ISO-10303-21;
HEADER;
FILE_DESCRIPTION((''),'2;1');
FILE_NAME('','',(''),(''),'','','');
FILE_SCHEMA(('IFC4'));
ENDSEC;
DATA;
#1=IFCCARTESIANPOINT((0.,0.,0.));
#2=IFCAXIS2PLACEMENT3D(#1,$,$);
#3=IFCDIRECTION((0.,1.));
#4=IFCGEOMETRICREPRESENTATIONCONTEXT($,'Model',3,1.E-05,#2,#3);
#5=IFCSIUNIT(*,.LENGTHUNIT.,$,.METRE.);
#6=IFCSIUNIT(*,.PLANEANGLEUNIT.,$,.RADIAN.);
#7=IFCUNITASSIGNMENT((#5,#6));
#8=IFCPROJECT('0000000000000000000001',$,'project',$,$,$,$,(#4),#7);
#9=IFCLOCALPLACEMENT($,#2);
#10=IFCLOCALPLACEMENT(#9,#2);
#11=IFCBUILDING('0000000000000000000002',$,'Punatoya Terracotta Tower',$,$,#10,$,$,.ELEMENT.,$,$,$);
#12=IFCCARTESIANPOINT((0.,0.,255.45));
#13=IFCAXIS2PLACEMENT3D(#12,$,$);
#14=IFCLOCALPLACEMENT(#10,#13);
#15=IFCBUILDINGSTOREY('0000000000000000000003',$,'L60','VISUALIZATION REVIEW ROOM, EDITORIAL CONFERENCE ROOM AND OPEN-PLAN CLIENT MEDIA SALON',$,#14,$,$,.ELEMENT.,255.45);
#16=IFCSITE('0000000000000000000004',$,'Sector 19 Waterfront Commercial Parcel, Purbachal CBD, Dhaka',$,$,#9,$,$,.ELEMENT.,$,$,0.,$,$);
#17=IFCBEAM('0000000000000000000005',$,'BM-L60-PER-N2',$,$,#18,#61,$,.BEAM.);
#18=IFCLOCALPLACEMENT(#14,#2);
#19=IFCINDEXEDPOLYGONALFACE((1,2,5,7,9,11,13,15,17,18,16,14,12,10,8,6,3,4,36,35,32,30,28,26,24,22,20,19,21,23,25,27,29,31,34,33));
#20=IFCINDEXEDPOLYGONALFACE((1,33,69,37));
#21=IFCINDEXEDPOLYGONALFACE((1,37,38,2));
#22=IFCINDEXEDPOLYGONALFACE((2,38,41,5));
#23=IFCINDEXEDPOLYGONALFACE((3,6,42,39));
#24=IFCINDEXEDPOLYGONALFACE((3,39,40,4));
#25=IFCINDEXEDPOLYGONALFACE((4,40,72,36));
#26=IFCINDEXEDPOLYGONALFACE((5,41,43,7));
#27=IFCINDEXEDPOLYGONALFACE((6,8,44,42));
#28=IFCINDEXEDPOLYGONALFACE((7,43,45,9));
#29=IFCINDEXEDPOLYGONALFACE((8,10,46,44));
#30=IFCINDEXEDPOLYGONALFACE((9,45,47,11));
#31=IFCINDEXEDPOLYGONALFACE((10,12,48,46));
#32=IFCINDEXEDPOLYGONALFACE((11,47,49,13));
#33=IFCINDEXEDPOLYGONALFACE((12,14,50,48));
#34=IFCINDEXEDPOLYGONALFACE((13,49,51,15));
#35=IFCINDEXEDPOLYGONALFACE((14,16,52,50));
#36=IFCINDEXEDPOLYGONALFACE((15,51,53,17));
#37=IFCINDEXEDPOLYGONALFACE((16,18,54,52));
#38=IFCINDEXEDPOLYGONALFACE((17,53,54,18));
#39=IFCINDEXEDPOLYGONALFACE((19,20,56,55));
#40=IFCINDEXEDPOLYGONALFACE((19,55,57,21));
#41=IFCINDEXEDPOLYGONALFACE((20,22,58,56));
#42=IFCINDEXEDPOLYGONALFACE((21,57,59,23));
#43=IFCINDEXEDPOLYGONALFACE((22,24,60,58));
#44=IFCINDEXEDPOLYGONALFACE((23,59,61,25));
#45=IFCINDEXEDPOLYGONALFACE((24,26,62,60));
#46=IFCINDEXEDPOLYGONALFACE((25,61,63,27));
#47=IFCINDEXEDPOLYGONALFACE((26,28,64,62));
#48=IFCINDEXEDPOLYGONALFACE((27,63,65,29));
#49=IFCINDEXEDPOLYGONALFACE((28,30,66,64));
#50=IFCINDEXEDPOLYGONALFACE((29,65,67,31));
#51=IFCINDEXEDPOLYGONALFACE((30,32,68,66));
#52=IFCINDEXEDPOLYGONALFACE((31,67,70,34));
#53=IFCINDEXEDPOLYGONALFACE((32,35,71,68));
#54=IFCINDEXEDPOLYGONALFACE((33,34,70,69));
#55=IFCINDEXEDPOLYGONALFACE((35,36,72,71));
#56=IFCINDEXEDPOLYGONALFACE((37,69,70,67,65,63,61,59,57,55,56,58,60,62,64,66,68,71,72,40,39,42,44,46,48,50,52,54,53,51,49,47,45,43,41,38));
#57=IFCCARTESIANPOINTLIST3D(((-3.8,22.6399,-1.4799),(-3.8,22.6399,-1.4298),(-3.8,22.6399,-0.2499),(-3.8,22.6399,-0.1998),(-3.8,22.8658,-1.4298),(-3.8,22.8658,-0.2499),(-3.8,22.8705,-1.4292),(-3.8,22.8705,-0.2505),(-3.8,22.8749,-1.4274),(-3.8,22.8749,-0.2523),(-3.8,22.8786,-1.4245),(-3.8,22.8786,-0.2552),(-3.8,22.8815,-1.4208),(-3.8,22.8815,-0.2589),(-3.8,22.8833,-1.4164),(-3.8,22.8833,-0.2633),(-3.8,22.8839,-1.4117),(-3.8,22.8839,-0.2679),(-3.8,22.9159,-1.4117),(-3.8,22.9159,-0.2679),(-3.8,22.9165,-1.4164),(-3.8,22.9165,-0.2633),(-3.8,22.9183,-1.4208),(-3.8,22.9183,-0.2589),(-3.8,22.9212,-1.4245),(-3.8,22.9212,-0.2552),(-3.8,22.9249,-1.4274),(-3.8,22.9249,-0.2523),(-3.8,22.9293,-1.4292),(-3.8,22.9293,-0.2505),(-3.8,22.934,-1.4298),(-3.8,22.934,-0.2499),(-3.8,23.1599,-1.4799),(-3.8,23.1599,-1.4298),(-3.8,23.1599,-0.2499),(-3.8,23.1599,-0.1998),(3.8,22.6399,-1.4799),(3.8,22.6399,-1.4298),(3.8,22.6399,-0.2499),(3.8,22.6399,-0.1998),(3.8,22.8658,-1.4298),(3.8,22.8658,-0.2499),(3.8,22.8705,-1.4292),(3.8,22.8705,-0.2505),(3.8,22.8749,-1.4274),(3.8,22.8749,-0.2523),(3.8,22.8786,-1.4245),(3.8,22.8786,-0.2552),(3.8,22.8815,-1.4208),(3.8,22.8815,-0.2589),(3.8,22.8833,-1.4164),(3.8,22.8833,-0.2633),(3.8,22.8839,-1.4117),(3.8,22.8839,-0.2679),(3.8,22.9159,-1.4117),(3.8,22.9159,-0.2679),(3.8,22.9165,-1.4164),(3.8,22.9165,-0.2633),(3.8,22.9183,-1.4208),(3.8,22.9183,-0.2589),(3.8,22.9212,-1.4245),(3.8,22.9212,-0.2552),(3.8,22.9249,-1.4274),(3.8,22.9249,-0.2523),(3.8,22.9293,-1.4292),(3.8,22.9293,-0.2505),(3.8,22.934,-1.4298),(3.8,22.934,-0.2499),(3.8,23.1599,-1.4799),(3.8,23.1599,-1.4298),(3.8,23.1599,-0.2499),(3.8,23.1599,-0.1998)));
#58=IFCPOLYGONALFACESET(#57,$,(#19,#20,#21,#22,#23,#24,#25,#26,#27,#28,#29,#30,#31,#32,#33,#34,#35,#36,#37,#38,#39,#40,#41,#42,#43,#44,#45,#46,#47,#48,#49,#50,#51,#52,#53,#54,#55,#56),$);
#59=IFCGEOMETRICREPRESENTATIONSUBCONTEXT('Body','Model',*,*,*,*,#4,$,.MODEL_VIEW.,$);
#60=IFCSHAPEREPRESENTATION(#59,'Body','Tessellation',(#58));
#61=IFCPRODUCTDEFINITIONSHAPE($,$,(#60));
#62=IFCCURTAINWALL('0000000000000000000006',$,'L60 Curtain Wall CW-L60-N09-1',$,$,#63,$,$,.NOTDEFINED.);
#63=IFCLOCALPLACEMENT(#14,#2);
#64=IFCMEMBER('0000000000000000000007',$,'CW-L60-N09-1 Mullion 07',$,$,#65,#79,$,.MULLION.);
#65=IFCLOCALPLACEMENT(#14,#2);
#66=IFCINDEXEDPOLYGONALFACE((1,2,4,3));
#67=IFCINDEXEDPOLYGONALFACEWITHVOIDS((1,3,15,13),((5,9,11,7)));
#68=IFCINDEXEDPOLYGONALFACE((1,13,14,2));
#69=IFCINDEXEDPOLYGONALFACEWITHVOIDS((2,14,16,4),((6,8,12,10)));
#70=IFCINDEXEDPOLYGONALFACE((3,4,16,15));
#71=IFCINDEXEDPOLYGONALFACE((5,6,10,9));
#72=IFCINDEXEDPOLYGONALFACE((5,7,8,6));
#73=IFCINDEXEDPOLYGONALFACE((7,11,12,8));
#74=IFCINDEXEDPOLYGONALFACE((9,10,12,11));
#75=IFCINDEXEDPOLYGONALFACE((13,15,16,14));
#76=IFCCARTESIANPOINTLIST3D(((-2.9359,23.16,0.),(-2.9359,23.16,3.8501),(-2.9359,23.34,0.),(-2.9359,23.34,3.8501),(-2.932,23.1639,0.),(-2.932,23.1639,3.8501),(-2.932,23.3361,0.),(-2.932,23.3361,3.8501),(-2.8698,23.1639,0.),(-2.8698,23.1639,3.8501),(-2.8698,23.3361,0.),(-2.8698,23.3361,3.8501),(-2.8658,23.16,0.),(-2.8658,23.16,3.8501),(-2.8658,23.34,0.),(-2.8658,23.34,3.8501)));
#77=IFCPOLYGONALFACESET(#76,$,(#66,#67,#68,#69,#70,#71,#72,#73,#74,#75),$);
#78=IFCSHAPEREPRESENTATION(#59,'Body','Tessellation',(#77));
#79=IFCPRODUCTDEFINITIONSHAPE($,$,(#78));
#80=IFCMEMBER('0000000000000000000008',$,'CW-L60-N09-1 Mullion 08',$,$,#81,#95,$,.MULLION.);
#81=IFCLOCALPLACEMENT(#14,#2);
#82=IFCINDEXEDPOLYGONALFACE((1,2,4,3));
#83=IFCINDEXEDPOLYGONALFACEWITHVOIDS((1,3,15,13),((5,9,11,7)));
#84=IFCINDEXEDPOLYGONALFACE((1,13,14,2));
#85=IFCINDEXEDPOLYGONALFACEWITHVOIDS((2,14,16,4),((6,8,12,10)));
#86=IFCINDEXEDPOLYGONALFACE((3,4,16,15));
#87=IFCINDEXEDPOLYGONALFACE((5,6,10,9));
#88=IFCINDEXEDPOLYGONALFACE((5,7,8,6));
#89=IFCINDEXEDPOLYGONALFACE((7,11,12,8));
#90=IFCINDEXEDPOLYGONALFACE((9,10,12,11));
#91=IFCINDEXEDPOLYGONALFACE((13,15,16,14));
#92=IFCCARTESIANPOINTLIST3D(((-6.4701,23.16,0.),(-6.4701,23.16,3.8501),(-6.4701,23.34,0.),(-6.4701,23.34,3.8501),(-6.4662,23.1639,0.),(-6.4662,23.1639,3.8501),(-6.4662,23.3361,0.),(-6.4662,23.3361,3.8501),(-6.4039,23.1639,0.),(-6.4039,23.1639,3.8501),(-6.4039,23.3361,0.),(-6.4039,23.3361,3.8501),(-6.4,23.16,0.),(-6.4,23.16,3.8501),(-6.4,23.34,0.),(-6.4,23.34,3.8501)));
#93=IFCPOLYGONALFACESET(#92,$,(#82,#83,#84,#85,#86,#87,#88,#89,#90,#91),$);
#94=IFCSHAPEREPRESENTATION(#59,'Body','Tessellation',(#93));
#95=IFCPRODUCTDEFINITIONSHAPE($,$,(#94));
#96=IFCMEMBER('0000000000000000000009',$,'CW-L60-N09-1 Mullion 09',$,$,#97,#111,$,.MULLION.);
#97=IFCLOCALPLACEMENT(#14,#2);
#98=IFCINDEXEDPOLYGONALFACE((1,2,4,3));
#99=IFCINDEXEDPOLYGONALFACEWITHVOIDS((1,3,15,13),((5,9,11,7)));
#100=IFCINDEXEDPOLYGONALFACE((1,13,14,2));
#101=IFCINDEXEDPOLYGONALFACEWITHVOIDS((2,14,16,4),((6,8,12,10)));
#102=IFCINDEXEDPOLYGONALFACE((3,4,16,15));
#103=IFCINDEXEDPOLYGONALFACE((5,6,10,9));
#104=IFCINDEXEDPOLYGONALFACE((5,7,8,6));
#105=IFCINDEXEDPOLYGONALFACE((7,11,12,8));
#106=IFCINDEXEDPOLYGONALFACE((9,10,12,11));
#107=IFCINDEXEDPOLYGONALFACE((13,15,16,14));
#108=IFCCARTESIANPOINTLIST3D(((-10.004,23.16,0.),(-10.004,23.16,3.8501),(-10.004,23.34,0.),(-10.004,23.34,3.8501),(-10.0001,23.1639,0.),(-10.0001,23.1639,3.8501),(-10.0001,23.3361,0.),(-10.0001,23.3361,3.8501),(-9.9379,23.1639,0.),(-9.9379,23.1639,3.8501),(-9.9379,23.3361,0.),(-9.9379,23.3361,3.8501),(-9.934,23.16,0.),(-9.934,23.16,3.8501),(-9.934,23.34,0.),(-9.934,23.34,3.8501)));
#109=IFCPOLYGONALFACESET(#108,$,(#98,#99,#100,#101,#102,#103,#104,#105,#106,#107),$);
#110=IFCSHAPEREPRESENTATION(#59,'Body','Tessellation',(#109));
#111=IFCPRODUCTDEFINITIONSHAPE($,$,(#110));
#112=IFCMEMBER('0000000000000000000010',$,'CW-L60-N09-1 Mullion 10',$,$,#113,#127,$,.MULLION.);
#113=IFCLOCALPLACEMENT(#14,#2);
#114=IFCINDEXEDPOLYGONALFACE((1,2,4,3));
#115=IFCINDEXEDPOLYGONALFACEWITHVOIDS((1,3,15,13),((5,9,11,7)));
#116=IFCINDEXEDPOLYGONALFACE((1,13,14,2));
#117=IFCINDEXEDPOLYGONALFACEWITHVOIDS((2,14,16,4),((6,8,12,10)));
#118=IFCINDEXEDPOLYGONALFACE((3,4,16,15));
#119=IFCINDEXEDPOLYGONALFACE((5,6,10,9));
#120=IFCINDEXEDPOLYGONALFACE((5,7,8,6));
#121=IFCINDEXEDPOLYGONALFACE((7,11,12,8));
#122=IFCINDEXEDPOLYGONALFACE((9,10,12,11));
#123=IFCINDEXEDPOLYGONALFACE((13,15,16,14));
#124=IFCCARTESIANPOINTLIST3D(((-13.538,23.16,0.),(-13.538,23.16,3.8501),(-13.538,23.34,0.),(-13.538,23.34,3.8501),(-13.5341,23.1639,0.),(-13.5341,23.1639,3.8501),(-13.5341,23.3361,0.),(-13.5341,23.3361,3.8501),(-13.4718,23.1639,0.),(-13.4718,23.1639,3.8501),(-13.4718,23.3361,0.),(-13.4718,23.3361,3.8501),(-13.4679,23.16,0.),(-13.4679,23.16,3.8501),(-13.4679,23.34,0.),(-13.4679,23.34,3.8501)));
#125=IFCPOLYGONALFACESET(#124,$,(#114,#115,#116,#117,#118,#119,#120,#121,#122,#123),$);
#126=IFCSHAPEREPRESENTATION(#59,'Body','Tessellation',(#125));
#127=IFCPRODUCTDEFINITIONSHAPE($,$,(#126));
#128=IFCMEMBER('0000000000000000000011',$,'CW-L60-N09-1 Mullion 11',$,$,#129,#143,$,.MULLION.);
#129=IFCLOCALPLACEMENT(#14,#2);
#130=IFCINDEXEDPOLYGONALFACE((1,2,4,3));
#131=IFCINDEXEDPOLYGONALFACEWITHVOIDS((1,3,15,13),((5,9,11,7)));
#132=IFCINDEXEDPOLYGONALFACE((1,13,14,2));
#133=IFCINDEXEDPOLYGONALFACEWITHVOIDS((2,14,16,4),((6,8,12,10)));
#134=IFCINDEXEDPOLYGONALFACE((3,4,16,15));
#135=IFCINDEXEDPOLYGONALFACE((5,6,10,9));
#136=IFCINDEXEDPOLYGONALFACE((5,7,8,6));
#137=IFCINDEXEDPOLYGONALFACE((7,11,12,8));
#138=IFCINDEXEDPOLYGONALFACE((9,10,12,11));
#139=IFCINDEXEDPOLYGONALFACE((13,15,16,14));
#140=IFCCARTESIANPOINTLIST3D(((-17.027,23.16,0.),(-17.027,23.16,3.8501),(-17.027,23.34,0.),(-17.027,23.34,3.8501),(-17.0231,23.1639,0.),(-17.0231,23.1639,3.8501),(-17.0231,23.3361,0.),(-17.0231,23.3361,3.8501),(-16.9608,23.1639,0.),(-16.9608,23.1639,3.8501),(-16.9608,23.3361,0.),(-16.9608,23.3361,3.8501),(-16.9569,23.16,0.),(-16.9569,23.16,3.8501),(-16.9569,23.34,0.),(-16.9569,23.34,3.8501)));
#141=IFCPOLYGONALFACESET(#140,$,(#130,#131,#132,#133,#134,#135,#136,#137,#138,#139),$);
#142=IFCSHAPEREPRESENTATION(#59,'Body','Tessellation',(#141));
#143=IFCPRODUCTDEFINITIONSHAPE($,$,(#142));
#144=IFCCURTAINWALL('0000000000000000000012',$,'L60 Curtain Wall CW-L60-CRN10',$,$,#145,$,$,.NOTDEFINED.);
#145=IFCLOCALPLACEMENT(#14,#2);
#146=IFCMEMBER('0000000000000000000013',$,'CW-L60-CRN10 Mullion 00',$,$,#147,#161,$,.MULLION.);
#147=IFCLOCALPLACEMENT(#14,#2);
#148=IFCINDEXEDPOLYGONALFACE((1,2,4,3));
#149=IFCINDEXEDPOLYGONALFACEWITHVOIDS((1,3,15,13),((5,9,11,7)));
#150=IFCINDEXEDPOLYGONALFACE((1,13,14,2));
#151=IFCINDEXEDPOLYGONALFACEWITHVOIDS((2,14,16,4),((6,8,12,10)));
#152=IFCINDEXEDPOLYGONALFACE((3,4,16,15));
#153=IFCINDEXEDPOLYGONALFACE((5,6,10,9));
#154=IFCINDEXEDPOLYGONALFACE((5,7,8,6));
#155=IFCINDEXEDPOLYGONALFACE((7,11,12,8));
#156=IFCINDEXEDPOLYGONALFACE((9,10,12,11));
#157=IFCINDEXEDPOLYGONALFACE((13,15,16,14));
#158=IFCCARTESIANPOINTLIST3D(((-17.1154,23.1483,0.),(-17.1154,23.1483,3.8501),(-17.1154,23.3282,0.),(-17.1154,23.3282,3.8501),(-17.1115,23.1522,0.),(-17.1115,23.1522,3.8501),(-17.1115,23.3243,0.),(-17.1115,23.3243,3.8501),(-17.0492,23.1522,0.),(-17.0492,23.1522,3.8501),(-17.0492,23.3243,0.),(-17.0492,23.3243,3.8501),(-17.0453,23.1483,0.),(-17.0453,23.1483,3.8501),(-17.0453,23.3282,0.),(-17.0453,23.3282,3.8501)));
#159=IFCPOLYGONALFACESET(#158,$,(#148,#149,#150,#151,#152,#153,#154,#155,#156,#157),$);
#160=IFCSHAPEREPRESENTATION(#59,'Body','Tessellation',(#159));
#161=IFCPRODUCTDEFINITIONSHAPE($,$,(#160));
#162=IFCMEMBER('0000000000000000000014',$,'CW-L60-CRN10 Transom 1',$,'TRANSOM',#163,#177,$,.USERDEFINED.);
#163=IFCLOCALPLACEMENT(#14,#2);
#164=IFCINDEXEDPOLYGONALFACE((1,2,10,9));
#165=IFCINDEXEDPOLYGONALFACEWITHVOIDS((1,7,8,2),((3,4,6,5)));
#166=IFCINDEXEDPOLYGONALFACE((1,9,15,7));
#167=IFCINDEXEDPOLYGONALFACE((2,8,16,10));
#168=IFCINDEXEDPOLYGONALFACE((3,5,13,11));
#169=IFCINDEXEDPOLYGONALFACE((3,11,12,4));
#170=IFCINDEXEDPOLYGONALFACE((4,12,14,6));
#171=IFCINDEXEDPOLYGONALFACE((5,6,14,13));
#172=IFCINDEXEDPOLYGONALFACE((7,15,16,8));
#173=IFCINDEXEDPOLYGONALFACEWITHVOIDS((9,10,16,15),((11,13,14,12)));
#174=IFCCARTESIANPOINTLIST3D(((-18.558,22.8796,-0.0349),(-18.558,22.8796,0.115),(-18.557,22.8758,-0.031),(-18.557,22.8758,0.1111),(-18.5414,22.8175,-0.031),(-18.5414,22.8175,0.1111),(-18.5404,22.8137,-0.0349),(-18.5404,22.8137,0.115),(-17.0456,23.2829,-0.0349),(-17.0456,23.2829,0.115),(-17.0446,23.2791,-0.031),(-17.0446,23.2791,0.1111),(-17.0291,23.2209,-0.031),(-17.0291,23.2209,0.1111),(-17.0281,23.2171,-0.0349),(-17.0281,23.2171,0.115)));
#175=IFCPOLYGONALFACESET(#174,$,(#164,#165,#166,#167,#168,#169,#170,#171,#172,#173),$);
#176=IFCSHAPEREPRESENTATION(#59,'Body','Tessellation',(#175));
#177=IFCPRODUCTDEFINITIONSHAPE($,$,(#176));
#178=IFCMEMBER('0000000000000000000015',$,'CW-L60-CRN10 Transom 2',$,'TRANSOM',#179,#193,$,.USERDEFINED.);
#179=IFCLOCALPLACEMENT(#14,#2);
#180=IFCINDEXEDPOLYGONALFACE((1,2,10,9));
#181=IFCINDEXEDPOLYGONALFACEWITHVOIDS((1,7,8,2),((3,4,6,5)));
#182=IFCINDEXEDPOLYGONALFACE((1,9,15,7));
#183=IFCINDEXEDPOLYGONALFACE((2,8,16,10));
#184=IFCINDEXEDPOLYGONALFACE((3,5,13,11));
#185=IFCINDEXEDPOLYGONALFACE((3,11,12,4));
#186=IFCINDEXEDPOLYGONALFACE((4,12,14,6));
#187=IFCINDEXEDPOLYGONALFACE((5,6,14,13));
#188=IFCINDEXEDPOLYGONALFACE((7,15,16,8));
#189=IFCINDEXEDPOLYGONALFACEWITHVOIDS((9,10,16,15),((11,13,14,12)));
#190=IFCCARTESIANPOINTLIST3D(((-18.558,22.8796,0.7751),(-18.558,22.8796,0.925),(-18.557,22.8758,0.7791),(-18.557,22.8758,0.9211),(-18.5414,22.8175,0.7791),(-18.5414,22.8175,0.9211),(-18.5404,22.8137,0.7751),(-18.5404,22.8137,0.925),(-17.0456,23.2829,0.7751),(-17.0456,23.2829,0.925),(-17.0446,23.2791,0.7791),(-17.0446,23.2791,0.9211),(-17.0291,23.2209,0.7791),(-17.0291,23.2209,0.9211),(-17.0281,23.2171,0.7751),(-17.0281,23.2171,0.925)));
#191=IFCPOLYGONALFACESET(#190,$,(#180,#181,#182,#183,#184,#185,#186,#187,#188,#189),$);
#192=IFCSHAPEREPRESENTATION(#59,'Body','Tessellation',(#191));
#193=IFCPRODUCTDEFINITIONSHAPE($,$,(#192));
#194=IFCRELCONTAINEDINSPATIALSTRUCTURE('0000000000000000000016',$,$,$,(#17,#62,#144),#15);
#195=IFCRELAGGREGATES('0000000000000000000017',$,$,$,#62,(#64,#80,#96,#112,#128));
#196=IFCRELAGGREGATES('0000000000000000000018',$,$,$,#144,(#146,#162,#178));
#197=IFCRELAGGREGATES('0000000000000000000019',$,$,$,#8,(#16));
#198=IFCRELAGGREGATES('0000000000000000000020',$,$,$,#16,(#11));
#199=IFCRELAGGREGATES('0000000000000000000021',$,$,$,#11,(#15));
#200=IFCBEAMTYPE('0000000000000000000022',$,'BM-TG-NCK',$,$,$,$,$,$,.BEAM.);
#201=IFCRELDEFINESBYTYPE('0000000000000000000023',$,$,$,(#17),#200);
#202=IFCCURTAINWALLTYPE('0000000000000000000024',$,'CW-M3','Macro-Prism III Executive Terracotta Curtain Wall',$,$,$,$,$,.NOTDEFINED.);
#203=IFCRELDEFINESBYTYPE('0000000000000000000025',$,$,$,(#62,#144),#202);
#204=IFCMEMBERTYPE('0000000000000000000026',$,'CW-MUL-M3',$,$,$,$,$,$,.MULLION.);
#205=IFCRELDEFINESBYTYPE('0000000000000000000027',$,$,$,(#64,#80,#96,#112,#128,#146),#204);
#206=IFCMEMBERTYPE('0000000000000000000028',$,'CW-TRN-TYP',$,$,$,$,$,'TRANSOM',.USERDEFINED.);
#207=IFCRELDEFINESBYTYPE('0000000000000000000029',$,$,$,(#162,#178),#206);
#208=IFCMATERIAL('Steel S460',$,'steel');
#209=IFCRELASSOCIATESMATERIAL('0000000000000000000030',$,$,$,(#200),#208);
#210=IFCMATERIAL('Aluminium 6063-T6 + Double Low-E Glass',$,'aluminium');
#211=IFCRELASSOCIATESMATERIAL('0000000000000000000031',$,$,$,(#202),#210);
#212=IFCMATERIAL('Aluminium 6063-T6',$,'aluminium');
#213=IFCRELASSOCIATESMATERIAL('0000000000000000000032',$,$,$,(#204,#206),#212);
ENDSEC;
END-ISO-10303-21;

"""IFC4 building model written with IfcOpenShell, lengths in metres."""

from ifc_helpers import new_model, si_unit, direction, frame, origin, origin_2d, place, context, subcontext, project, spatial, hollow_rectangle, i_section, extrude, material, material_profile, profile_set, type_object, element, aggregate, save


model = new_model("IFC4")

# Units and contexts
model_context = context("Model", 3, precision=1e-05, world=origin(), true_north=direction((0.0, 1.0)))
body_context = subcontext(model_context, "Body", "Model", "MODEL_VIEW")
ifc_project = project(units=[si_unit("LENGTHUNIT", "METRE"), si_unit("PLANEANGLEUNIT", "RADIAN")], contexts=[model_context])

# Site, building, storey
site_placement = place(None, origin())
site = spatial("IfcSite", under=ifc_project, at=site_placement, Name="Sector 19 Waterfront Commercial Parcel, Purbachal CBD, Dhaka", CompositionType="ELEMENT", RefElevation=0.0)
building_placement = place(site_placement, origin())
building = spatial("IfcBuilding", under=site, at=building_placement, Name="Punatoya Terracotta Tower", CompositionType="ELEMENT")
storey_placement = place(building_placement, frame((0.0, 0.0, 255.45)))
storey = spatial("IfcBuildingStorey", under=building, at=storey_placement, Name="L60", Description="VISUALIZATION REVIEW ROOM, EDITORIAL CONFERENCE ROOM AND OPEN-PLAN CLIENT MEDIA SALON", CompositionType="ELEMENT", Elevation=255.45)

# Shared definitions
ifc_material_1 = material(Name="Steel S460", Category="steel")

# Beam
ifc_material_profile_1 = material_profile(ifc_material_1, i_section(OverallWidth=0.52, OverallDepth=1.28, WebThickness=0.032, FlangeThickness=0.05, FilletRadius=0.0181, at=origin_2d()))
ifc_profile_set_1 = profile_set([ifc_material_profile_1], Name="Steel S460")
beam_type_1 = type_object("IfcBeamType", Name="BM-TG-NCK", PredefinedType="BEAM", material=ifc_profile_set_1)
beam_1_placement = place(storey_placement, frame((-3.8, 22.8999, -0.8398), z_axis=(1.0, 0.0, 0.0), x_axis=(0.0, 1.0, 0.0)))
element("IfcBeam", 1, at=beam_1_placement, inside=storey, type_object=beam_type_1, Name="BM-L60-PER-N2", PredefinedType="BEAM", context=body_context, shape_type="SweptSolid", body=[
    extrude(i_section(OverallWidth=0.52, OverallDepth=1.28, WebThickness=0.032, FlangeThickness=0.05, FilletRadius=0.0181, at=origin_2d()), origin(), (0.0, 0.0, 1.0), 7.6001),
])

# Curtain walls, members
ifc_material_2 = material(Name="Aluminium 6063-T6 + Double Low-E Glass", Category="aluminium")
curtain_wall_type = type_object("IfcCurtainWallType", Name="CW-M3", Description="Macro-Prism III Executive Terracotta Curtain Wall", PredefinedType="NOTDEFINED", material=ifc_material_2)
curtain_wall_1_placement = place(storey_placement, origin())
curtain_wall_1 = element("IfcCurtainWall", 2, at=curtain_wall_1_placement, inside=storey, type_object=curtain_wall_type, Name="L60 Curtain Wall CW-L60-N09-1", PredefinedType="NOTDEFINED")
ifc_material_3 = material(Name="Aluminium 6063-T6", Category="aluminium")
ifc_material_profile_2 = material_profile(ifc_material_3, hollow_rectangle(XDim=0.0701, YDim=0.1799, WallThickness=0.0039, at=origin_2d()))
ifc_profile_set_2 = profile_set([ifc_material_profile_2], Name="Aluminium 6063-T6")
member_type_1 = type_object("IfcMemberType", Name="CW-MUL-M3", PredefinedType="MULLION", material=ifc_profile_set_2)
member_1_placement = place(storey_placement, frame((-2.9009, 23.25, 0.0), z_axis=(0.0, 0.0, 1.0), x_axis=(1.0, 0.0, 0.0)))
member_1 = element("IfcMember", 3, at=member_1_placement, type_object=member_type_1, Name="CW-L60-N09-1 Mullion 07", PredefinedType="MULLION", context=body_context, shape_type="SweptSolid", body=[
    extrude(hollow_rectangle(XDim=0.0701, YDim=0.1799, WallThickness=0.0039, at=origin_2d()), origin(), (0.0, 0.0, 1.0), 3.8501),
])
member_2_placement = place(storey_placement, frame((-6.4351, 23.25, 0.0), z_axis=(0.0, 0.0, 1.0), x_axis=(1.0, 0.0, 0.0)))
member_2 = element("IfcMember", 4, at=member_2_placement, type_object=member_type_1, Name="CW-L60-N09-1 Mullion 08", PredefinedType="MULLION", context=body_context, shape_type="SweptSolid", body=[
    extrude(hollow_rectangle(XDim=0.0701, YDim=0.1799, WallThickness=0.0039, at=origin_2d()), origin(), (0.0, 0.0, 1.0), 3.8501),
])
member_3_placement = place(storey_placement, frame((-9.969, 23.25, 0.0), z_axis=(0.0, 0.0, 1.0), x_axis=(1.0, 0.0, 0.0)))
member_3 = element("IfcMember", 5, at=member_3_placement, type_object=member_type_1, Name="CW-L60-N09-1 Mullion 09", PredefinedType="MULLION", context=body_context, shape_type="SweptSolid", body=[
    extrude(hollow_rectangle(XDim=0.0701, YDim=0.1799, WallThickness=0.0039, at=origin_2d()), origin(), (0.0, 0.0, 1.0), 3.8501),
])
member_4_placement = place(storey_placement, frame((-13.5029, 23.25, 0.0), z_axis=(0.0, 0.0, 1.0), x_axis=(1.0, 0.0, 0.0)))
member_4 = element("IfcMember", 6, at=member_4_placement, type_object=member_type_1, Name="CW-L60-N09-1 Mullion 10", PredefinedType="MULLION", context=body_context, shape_type="SweptSolid", body=[
    extrude(hollow_rectangle(XDim=0.0701, YDim=0.1799, WallThickness=0.0039, at=origin_2d()), origin(), (0.0, 0.0, 1.0), 3.8501),
])
member_5_placement = place(storey_placement, frame((-16.9919, 23.25, 0.0), z_axis=(0.0, 0.0, 1.0), x_axis=(1.0, 0.0, 0.0)))
member_5 = element("IfcMember", 7, at=member_5_placement, type_object=member_type_1, Name="CW-L60-N09-1 Mullion 11", PredefinedType="MULLION", context=body_context, shape_type="SweptSolid", body=[
    extrude(hollow_rectangle(XDim=0.0701, YDim=0.1799, WallThickness=0.0039, at=origin_2d()), origin(), (0.0, 0.0, 1.0), 3.8501),
])
curtain_wall_2_placement = place(storey_placement, origin())
curtain_wall_2 = element("IfcCurtainWall", 8, at=curtain_wall_2_placement, inside=storey, type_object=curtain_wall_type, Name="L60 Curtain Wall CW-L60-CRN10", PredefinedType="NOTDEFINED")
member_6_placement = place(storey_placement, frame((-17.0803, 23.2383, 0.0), z_axis=(0.0, 0.0, 1.0), x_axis=(1.0, 0.0, 0.0)))
member_6 = element("IfcMember", 9, at=member_6_placement, type_object=member_type_1, Name="CW-L60-CRN10 Mullion 00", PredefinedType="MULLION", context=body_context, shape_type="SweptSolid", body=[
    extrude(hollow_rectangle(XDim=0.0701, YDim=0.1799, WallThickness=0.0039, at=origin_2d()), origin(), (0.0, 0.0, 1.0), 3.8501),
])
ifc_material_profile_3 = material_profile(ifc_material_3, hollow_rectangle(XDim=0.0681, YDim=0.1499, WallThickness=0.0039, at=origin_2d()))
ifc_profile_set_3 = profile_set([ifc_material_profile_3], Name="Aluminium 6063-T6")
member_type_2 = type_object("IfcMemberType", Name="CW-TRN-TYP", ElementType="TRANSOM", PredefinedType="USERDEFINED", material=ifc_profile_set_3)
member_7_placement = place(storey_placement, frame((-17.0369, 23.25, 0.04), z_axis=(-0.966225, -0.257701, 0.0), x_axis=(0.257701, -0.966225, 0.0)))
member_7 = element("IfcMember", 10, at=member_7_placement, type_object=member_type_2, Name="CW-L60-CRN10 Transom 1", ObjectType="TRANSOM", PredefinedType="USERDEFINED", context=body_context, shape_type="SweptSolid", body=[
    extrude(hollow_rectangle(XDim=0.0681, YDim=0.1499, WallThickness=0.0039, at=origin_2d()), origin(), (0.0, 0.0, 1.0), 1.5652),
])
member_8_placement = place(storey_placement, frame((-17.0369, 23.25, 0.8501), z_axis=(-0.966225, -0.257701, 0.0), x_axis=(0.257701, -0.966225, 0.0)))
member_8 = element("IfcMember", 11, at=member_8_placement, type_object=member_type_2, Name="CW-L60-CRN10 Transom 2", ObjectType="TRANSOM", PredefinedType="USERDEFINED", context=body_context, shape_type="SweptSolid", body=[
    extrude(hollow_rectangle(XDim=0.0681, YDim=0.1499, WallThickness=0.0039, at=origin_2d()), origin(), (0.0, 0.0, 1.0), 1.5652),
])

aggregate(curtain_wall_1, [member_1, member_2, member_3, member_4, member_5])
aggregate(curtain_wall_2, [member_6, member_7, member_8])

save(model, "model.ifc")
